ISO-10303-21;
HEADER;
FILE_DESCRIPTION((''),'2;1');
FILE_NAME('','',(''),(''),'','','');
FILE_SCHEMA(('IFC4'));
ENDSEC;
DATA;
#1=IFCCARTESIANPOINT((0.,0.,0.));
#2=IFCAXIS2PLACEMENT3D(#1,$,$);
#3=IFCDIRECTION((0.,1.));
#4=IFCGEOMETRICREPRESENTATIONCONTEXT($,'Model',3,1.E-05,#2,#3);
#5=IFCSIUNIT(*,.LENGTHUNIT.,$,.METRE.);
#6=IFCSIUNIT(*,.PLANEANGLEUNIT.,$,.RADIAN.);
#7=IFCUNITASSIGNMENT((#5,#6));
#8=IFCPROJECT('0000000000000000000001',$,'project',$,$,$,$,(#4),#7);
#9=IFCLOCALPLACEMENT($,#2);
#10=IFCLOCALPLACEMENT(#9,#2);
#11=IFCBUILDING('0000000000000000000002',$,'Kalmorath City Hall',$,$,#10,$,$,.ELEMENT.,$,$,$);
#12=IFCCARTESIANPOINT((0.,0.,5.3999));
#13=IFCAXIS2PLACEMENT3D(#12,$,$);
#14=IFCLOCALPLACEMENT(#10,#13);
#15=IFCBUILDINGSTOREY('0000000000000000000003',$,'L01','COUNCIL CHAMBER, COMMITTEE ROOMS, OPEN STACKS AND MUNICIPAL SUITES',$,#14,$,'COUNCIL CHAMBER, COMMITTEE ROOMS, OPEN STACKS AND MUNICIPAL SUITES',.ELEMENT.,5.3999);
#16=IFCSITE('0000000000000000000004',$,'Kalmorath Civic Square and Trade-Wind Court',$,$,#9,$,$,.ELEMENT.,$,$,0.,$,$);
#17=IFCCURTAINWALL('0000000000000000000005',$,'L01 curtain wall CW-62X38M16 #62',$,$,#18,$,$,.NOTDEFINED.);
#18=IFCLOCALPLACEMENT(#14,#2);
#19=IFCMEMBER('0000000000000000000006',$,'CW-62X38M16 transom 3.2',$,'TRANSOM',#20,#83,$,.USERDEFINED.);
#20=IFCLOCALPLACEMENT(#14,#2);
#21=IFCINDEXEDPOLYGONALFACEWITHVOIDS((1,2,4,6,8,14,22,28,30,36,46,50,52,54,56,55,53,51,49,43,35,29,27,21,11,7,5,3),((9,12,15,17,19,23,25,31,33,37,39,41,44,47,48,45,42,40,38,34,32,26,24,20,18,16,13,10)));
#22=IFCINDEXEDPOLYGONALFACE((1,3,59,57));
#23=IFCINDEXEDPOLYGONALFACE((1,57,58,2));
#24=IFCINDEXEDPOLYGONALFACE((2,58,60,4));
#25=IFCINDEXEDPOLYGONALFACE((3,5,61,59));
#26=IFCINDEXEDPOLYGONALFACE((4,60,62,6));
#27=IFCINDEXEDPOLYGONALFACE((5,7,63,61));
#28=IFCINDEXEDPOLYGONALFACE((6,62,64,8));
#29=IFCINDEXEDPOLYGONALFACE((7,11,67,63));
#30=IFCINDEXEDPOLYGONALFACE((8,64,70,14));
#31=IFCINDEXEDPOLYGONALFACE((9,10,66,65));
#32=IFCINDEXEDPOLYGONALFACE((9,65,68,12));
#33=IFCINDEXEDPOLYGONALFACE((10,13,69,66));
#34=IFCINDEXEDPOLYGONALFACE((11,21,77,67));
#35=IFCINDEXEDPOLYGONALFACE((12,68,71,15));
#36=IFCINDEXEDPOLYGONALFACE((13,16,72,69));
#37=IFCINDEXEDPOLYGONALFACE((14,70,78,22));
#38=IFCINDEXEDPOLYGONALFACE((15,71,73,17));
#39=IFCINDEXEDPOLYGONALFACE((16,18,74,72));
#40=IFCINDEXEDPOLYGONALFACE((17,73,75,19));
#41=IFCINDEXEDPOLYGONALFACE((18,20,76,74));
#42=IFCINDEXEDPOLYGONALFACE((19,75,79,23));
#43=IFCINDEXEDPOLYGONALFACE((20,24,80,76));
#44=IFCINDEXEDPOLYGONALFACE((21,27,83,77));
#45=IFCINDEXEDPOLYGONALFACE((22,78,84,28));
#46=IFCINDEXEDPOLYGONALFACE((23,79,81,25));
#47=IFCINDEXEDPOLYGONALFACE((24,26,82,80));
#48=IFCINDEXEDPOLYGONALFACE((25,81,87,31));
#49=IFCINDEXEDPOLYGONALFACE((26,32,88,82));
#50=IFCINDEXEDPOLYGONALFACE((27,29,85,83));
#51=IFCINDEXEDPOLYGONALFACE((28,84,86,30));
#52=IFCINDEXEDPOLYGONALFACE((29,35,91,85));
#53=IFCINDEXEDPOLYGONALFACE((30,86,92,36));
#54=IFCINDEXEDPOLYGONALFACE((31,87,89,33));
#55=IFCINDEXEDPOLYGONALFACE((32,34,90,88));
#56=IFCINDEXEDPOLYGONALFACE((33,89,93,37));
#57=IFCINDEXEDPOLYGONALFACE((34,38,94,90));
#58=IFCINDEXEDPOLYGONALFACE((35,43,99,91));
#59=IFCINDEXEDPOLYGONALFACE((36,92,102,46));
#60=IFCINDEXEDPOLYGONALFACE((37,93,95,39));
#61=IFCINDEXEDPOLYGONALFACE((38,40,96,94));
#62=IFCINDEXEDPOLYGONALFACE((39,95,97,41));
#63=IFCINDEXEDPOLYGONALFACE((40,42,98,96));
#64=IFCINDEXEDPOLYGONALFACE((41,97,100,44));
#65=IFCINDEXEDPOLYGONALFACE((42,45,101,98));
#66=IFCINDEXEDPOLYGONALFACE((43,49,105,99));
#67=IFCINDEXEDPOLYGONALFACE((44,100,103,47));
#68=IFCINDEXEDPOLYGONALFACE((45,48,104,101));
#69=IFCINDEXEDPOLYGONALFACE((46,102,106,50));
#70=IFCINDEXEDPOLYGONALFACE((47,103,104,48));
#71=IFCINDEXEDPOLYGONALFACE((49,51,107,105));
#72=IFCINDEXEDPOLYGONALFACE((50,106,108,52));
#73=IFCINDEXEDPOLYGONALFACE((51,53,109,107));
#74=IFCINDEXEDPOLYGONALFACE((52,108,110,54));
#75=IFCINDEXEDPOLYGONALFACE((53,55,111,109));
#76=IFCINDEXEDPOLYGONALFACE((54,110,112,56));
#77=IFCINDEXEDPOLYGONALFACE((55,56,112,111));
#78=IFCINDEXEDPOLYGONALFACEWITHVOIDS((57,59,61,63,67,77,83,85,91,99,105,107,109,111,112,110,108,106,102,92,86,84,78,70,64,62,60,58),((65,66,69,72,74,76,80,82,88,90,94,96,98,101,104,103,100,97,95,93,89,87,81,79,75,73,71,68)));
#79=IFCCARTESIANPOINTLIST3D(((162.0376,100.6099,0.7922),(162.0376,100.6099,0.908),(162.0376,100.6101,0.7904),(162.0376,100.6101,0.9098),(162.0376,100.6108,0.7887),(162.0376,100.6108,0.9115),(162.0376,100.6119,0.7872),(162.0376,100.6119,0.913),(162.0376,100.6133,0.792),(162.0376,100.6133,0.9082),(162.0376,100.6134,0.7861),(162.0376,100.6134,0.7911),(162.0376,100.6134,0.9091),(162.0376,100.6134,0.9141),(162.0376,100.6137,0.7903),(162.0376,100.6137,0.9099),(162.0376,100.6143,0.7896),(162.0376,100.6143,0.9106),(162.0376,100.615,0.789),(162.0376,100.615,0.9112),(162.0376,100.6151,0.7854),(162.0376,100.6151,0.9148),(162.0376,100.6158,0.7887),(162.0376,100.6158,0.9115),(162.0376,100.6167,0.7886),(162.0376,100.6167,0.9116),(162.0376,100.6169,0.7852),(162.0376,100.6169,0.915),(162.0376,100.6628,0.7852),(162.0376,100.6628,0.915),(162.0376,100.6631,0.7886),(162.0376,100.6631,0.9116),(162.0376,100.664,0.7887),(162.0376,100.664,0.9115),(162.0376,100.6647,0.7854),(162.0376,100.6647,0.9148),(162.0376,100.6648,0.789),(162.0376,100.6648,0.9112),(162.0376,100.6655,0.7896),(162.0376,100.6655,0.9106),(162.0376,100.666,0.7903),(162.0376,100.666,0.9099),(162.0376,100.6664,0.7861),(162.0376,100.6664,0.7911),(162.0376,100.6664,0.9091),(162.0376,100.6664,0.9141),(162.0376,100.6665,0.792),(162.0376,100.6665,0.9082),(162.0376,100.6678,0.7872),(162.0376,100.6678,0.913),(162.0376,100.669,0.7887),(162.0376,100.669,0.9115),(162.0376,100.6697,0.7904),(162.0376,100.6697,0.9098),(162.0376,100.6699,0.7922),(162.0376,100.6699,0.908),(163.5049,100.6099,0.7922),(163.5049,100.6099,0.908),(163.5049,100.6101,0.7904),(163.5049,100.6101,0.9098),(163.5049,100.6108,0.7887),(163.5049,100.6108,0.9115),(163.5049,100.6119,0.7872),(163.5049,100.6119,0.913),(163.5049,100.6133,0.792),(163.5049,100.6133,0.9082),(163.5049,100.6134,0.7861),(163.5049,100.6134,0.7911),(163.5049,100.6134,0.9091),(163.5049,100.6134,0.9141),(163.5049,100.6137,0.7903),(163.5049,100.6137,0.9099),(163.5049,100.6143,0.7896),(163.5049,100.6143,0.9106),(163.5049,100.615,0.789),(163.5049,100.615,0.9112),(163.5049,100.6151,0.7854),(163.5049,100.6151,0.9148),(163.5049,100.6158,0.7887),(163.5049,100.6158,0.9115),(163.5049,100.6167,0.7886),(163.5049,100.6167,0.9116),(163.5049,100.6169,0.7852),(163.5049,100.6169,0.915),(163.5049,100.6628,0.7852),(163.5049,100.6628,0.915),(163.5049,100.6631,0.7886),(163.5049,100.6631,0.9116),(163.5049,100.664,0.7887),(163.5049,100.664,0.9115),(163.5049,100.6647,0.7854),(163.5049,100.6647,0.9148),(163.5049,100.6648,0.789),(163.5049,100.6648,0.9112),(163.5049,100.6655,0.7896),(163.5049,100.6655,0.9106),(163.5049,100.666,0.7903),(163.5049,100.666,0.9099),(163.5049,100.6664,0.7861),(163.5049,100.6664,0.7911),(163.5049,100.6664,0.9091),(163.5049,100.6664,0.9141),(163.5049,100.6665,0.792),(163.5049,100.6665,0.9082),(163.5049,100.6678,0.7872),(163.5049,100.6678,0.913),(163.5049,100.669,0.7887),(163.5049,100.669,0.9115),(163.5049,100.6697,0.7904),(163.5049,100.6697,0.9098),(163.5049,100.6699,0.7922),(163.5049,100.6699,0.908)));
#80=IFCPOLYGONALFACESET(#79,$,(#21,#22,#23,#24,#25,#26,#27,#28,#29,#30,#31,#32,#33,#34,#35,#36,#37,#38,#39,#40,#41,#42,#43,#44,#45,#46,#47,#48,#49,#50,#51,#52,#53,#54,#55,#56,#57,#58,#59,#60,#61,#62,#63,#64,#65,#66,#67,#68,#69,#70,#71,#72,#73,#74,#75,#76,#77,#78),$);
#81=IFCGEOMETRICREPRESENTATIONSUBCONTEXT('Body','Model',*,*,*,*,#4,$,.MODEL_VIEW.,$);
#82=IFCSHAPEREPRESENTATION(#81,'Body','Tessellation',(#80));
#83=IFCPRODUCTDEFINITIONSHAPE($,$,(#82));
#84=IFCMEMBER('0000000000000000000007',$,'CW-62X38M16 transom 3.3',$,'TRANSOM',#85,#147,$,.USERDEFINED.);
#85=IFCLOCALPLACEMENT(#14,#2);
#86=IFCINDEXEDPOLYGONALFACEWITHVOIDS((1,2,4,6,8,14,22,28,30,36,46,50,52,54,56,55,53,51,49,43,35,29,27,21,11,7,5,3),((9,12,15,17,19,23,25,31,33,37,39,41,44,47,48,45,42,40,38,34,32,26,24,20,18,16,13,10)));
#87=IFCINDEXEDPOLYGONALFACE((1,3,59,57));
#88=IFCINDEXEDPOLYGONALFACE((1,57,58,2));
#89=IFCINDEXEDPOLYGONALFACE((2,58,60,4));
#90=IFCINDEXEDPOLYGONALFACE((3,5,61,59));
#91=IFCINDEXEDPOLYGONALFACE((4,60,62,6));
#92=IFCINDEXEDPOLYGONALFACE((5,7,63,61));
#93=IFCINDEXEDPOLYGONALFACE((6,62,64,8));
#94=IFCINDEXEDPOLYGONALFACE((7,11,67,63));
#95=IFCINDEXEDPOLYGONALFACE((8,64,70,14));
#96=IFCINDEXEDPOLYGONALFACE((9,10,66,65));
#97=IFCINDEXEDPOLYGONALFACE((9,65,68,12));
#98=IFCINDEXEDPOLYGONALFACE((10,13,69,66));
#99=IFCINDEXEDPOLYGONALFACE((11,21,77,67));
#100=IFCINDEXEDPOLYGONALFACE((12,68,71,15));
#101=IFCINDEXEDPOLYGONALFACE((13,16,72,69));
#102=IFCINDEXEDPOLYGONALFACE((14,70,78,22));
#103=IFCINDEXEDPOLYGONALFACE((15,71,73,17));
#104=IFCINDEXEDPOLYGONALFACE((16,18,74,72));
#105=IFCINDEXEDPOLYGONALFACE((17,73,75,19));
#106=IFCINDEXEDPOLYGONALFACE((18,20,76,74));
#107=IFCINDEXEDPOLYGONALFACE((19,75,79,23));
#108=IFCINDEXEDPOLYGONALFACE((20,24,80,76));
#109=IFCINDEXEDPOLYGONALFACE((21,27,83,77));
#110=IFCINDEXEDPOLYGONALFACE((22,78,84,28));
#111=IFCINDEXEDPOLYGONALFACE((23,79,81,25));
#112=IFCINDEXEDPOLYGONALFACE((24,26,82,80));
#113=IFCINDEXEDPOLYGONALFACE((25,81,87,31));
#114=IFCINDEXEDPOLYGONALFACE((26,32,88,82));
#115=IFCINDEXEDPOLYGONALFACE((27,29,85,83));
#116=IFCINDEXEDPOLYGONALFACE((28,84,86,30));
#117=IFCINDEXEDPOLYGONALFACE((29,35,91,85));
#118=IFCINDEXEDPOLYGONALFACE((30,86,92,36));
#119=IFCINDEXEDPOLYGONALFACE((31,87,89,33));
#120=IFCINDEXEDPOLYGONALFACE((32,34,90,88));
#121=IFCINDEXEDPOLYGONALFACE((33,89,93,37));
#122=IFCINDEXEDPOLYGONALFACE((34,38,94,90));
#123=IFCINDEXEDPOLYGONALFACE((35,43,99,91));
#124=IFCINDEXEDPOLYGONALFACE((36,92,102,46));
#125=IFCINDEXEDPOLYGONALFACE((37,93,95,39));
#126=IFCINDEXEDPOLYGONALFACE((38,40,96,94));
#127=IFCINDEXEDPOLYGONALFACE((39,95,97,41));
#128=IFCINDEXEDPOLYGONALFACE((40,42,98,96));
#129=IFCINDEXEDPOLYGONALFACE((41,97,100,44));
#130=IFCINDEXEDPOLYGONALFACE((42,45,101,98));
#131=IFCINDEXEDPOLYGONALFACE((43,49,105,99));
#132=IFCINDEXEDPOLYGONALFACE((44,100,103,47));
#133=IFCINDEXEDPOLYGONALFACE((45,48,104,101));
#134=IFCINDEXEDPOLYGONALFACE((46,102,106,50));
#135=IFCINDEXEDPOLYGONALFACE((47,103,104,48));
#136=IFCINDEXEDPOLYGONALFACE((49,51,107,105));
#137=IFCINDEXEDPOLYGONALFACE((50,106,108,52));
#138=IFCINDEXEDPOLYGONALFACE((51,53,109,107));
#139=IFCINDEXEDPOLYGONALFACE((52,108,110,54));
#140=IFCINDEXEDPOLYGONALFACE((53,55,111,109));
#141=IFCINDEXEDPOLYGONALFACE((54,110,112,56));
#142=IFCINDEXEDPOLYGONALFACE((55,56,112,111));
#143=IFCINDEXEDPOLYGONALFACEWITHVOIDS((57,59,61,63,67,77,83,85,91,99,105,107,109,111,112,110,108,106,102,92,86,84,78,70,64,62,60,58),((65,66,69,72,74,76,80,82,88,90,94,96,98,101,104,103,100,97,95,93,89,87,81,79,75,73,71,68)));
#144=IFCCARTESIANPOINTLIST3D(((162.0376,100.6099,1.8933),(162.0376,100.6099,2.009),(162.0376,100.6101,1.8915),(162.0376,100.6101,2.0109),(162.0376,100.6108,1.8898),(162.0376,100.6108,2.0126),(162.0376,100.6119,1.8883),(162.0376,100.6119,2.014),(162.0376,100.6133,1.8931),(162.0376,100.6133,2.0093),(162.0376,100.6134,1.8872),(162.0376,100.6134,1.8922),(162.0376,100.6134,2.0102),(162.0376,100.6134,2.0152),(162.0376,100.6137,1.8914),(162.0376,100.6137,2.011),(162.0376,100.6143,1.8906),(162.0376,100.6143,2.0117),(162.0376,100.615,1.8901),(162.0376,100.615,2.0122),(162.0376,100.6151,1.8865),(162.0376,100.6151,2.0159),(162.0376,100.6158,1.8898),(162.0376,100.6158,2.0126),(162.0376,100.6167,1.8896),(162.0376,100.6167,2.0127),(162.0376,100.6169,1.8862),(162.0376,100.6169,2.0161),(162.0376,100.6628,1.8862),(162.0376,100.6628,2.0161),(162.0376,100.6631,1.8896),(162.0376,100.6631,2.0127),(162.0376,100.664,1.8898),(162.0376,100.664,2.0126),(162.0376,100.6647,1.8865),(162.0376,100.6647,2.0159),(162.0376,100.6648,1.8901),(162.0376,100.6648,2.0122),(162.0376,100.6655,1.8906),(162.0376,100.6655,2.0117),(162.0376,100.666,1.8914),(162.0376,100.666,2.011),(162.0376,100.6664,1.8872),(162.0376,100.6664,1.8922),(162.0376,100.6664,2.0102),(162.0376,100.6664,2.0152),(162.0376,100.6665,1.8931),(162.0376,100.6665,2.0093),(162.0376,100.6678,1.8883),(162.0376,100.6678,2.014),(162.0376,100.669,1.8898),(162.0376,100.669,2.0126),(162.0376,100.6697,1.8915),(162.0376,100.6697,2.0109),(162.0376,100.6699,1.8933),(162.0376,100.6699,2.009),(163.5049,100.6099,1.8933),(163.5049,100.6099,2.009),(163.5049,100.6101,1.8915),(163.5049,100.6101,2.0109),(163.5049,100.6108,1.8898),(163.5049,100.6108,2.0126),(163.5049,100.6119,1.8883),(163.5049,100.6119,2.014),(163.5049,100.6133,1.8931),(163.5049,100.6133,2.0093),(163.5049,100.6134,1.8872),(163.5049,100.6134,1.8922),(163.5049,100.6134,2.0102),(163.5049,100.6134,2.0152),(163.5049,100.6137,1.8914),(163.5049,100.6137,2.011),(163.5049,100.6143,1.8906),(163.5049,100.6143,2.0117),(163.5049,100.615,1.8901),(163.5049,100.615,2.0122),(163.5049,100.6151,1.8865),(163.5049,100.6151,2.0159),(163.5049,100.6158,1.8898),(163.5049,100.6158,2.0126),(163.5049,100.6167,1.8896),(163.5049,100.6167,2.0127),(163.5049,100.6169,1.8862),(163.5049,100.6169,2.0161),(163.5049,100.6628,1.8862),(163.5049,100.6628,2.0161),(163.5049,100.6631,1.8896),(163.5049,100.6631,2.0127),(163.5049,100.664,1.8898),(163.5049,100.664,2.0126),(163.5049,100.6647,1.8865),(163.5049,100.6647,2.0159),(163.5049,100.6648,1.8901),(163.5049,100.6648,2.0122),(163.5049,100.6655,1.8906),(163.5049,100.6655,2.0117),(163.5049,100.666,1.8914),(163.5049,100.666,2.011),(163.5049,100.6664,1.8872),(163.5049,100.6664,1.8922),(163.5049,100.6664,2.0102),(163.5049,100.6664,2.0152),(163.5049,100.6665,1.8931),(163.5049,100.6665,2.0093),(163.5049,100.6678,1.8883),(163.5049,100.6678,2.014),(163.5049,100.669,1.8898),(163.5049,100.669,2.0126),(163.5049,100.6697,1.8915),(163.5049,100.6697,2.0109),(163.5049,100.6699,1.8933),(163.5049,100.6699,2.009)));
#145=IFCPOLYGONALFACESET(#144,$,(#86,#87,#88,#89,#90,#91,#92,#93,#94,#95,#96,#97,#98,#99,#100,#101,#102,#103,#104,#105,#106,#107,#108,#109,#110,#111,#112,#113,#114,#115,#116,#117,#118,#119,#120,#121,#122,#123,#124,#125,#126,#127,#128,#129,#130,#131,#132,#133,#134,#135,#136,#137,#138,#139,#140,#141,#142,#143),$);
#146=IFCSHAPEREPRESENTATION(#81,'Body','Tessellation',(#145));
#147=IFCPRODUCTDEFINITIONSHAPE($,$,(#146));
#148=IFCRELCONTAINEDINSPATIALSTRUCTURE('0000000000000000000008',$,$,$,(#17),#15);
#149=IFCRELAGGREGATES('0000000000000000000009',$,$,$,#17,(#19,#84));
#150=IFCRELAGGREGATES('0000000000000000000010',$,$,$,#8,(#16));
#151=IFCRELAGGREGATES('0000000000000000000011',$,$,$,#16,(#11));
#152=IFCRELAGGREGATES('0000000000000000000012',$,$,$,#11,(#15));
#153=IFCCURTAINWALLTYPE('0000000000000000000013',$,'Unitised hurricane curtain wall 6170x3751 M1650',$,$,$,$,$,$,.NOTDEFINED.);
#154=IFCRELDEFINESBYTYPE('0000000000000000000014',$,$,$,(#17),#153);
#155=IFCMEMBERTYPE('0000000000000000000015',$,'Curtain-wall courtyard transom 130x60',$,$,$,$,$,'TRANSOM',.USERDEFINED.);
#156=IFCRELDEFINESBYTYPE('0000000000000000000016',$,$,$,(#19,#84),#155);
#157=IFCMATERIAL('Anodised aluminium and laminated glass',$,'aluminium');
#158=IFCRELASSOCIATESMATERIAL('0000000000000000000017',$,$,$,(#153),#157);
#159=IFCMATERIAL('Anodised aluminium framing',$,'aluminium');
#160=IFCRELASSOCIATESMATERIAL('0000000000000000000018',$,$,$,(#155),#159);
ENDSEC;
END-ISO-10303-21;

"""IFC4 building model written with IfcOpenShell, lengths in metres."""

from ifc_helpers import new_model, si_unit, direction, frame, origin, origin_2d, place, context, subcontext, project, spatial, hollow_rectangle, extrude, material, material_profile, profile_set, type_object, element, aggregate, save


model = new_model("IFC4")

# Units and contexts
model_context = context("Model", 3, precision=1e-05, world=origin(), true_north=direction((0.0, 1.0)))
body_context = subcontext(model_context, "Body", "Model", "MODEL_VIEW")
ifc_project = project(units=[si_unit("LENGTHUNIT", "METRE"), si_unit("PLANEANGLEUNIT", "RADIAN")], contexts=[model_context])

# Site, building, storey
site_placement = place(None, origin())
site = spatial("IfcSite", under=ifc_project, at=site_placement, Name="Kalmorath Civic Square and Trade-Wind Court", CompositionType="ELEMENT", RefElevation=0.0)
building_placement = place(site_placement, origin())
building = spatial("IfcBuilding", under=site, at=building_placement, Name="Kalmorath City Hall", CompositionType="ELEMENT")
storey_placement = place(building_placement, frame((0.0, 0.0, 5.3999)))
storey = spatial("IfcBuildingStorey", under=building, at=storey_placement, Name="L01", Description="COUNCIL CHAMBER, COMMITTEE ROOMS, OPEN STACKS AND MUNICIPAL SUITES", LongName="COUNCIL CHAMBER, COMMITTEE ROOMS, OPEN STACKS AND MUNICIPAL SUITES", CompositionType="ELEMENT", Elevation=5.3999)

# Curtain wall, members
ifc_material_1 = material(Name="Anodised aluminium and laminated glass", Category="aluminium")
curtain_wall_type = type_object("IfcCurtainWallType", Name="Unitised hurricane curtain wall 6170x3751 M1650", PredefinedType="NOTDEFINED", material=ifc_material_1)
curtain_wall_placement = place(storey_placement, origin())
curtain_wall = element("IfcCurtainWall", 1, at=curtain_wall_placement, inside=storey, type_object=curtain_wall_type, Name="L01 curtain wall CW-62X38M16 #62", PredefinedType="NOTDEFINED")
ifc_material_2 = material(Name="Anodised aluminium framing", Category="aluminium")
ifc_material_profile_1 = material_profile(ifc_material_2, hollow_rectangle(XDim=0.0601, YDim=0.1299, WallThickness=0.0034, InnerFilletRadius=0.0034, OuterFilletRadius=0.0071, at=origin_2d()), Name="ALU-TRN-130X60X3.5")
ifc_profile_set_1 = profile_set([ifc_material_profile_1], Name="Anodised aluminium framing")
member_type_1 = type_object("IfcMemberType", Name="Curtain-wall courtyard transom 130x60", ElementType="TRANSOM", PredefinedType="USERDEFINED", material=ifc_profile_set_1)
member_1_placement = place(storey_placement, frame((162.0376, 100.6399, 0.8501), z_axis=(1.0, 0.0, 0.0), x_axis=(0.0, 1.0, 0.0)))
member_1 = element("IfcMember", 2, at=member_1_placement, type_object=member_type_1, Name="CW-62X38M16 transom 3.2", ObjectType="TRANSOM", PredefinedType="USERDEFINED", context=body_context, shape_type="SweptSolid", body=[
    extrude(hollow_rectangle(XDim=0.0601, YDim=0.1299, WallThickness=0.0034, InnerFilletRadius=0.0034, OuterFilletRadius=0.0071, at=origin_2d()), origin(), (0.0, 0.0, 1.0), 1.4673),
])
member_2_placement = place(storey_placement, frame((162.0376, 100.6399, 1.9512), z_axis=(1.0, 0.0, 0.0), x_axis=(0.0, 1.0, 0.0)))
member_2 = element("IfcMember", 3, at=member_2_placement, type_object=member_type_1, Name="CW-62X38M16 transom 3.3", ObjectType="TRANSOM", PredefinedType="USERDEFINED", context=body_context, shape_type="SweptSolid", body=[
    extrude(hollow_rectangle(XDim=0.0601, YDim=0.1299, WallThickness=0.0034, InnerFilletRadius=0.0034, OuterFilletRadius=0.0071, at=origin_2d()), origin(), (0.0, 0.0, 1.0), 1.4673),
])

aggregate(curtain_wall, [member_1, member_2])

save(model, "model.ifc")
